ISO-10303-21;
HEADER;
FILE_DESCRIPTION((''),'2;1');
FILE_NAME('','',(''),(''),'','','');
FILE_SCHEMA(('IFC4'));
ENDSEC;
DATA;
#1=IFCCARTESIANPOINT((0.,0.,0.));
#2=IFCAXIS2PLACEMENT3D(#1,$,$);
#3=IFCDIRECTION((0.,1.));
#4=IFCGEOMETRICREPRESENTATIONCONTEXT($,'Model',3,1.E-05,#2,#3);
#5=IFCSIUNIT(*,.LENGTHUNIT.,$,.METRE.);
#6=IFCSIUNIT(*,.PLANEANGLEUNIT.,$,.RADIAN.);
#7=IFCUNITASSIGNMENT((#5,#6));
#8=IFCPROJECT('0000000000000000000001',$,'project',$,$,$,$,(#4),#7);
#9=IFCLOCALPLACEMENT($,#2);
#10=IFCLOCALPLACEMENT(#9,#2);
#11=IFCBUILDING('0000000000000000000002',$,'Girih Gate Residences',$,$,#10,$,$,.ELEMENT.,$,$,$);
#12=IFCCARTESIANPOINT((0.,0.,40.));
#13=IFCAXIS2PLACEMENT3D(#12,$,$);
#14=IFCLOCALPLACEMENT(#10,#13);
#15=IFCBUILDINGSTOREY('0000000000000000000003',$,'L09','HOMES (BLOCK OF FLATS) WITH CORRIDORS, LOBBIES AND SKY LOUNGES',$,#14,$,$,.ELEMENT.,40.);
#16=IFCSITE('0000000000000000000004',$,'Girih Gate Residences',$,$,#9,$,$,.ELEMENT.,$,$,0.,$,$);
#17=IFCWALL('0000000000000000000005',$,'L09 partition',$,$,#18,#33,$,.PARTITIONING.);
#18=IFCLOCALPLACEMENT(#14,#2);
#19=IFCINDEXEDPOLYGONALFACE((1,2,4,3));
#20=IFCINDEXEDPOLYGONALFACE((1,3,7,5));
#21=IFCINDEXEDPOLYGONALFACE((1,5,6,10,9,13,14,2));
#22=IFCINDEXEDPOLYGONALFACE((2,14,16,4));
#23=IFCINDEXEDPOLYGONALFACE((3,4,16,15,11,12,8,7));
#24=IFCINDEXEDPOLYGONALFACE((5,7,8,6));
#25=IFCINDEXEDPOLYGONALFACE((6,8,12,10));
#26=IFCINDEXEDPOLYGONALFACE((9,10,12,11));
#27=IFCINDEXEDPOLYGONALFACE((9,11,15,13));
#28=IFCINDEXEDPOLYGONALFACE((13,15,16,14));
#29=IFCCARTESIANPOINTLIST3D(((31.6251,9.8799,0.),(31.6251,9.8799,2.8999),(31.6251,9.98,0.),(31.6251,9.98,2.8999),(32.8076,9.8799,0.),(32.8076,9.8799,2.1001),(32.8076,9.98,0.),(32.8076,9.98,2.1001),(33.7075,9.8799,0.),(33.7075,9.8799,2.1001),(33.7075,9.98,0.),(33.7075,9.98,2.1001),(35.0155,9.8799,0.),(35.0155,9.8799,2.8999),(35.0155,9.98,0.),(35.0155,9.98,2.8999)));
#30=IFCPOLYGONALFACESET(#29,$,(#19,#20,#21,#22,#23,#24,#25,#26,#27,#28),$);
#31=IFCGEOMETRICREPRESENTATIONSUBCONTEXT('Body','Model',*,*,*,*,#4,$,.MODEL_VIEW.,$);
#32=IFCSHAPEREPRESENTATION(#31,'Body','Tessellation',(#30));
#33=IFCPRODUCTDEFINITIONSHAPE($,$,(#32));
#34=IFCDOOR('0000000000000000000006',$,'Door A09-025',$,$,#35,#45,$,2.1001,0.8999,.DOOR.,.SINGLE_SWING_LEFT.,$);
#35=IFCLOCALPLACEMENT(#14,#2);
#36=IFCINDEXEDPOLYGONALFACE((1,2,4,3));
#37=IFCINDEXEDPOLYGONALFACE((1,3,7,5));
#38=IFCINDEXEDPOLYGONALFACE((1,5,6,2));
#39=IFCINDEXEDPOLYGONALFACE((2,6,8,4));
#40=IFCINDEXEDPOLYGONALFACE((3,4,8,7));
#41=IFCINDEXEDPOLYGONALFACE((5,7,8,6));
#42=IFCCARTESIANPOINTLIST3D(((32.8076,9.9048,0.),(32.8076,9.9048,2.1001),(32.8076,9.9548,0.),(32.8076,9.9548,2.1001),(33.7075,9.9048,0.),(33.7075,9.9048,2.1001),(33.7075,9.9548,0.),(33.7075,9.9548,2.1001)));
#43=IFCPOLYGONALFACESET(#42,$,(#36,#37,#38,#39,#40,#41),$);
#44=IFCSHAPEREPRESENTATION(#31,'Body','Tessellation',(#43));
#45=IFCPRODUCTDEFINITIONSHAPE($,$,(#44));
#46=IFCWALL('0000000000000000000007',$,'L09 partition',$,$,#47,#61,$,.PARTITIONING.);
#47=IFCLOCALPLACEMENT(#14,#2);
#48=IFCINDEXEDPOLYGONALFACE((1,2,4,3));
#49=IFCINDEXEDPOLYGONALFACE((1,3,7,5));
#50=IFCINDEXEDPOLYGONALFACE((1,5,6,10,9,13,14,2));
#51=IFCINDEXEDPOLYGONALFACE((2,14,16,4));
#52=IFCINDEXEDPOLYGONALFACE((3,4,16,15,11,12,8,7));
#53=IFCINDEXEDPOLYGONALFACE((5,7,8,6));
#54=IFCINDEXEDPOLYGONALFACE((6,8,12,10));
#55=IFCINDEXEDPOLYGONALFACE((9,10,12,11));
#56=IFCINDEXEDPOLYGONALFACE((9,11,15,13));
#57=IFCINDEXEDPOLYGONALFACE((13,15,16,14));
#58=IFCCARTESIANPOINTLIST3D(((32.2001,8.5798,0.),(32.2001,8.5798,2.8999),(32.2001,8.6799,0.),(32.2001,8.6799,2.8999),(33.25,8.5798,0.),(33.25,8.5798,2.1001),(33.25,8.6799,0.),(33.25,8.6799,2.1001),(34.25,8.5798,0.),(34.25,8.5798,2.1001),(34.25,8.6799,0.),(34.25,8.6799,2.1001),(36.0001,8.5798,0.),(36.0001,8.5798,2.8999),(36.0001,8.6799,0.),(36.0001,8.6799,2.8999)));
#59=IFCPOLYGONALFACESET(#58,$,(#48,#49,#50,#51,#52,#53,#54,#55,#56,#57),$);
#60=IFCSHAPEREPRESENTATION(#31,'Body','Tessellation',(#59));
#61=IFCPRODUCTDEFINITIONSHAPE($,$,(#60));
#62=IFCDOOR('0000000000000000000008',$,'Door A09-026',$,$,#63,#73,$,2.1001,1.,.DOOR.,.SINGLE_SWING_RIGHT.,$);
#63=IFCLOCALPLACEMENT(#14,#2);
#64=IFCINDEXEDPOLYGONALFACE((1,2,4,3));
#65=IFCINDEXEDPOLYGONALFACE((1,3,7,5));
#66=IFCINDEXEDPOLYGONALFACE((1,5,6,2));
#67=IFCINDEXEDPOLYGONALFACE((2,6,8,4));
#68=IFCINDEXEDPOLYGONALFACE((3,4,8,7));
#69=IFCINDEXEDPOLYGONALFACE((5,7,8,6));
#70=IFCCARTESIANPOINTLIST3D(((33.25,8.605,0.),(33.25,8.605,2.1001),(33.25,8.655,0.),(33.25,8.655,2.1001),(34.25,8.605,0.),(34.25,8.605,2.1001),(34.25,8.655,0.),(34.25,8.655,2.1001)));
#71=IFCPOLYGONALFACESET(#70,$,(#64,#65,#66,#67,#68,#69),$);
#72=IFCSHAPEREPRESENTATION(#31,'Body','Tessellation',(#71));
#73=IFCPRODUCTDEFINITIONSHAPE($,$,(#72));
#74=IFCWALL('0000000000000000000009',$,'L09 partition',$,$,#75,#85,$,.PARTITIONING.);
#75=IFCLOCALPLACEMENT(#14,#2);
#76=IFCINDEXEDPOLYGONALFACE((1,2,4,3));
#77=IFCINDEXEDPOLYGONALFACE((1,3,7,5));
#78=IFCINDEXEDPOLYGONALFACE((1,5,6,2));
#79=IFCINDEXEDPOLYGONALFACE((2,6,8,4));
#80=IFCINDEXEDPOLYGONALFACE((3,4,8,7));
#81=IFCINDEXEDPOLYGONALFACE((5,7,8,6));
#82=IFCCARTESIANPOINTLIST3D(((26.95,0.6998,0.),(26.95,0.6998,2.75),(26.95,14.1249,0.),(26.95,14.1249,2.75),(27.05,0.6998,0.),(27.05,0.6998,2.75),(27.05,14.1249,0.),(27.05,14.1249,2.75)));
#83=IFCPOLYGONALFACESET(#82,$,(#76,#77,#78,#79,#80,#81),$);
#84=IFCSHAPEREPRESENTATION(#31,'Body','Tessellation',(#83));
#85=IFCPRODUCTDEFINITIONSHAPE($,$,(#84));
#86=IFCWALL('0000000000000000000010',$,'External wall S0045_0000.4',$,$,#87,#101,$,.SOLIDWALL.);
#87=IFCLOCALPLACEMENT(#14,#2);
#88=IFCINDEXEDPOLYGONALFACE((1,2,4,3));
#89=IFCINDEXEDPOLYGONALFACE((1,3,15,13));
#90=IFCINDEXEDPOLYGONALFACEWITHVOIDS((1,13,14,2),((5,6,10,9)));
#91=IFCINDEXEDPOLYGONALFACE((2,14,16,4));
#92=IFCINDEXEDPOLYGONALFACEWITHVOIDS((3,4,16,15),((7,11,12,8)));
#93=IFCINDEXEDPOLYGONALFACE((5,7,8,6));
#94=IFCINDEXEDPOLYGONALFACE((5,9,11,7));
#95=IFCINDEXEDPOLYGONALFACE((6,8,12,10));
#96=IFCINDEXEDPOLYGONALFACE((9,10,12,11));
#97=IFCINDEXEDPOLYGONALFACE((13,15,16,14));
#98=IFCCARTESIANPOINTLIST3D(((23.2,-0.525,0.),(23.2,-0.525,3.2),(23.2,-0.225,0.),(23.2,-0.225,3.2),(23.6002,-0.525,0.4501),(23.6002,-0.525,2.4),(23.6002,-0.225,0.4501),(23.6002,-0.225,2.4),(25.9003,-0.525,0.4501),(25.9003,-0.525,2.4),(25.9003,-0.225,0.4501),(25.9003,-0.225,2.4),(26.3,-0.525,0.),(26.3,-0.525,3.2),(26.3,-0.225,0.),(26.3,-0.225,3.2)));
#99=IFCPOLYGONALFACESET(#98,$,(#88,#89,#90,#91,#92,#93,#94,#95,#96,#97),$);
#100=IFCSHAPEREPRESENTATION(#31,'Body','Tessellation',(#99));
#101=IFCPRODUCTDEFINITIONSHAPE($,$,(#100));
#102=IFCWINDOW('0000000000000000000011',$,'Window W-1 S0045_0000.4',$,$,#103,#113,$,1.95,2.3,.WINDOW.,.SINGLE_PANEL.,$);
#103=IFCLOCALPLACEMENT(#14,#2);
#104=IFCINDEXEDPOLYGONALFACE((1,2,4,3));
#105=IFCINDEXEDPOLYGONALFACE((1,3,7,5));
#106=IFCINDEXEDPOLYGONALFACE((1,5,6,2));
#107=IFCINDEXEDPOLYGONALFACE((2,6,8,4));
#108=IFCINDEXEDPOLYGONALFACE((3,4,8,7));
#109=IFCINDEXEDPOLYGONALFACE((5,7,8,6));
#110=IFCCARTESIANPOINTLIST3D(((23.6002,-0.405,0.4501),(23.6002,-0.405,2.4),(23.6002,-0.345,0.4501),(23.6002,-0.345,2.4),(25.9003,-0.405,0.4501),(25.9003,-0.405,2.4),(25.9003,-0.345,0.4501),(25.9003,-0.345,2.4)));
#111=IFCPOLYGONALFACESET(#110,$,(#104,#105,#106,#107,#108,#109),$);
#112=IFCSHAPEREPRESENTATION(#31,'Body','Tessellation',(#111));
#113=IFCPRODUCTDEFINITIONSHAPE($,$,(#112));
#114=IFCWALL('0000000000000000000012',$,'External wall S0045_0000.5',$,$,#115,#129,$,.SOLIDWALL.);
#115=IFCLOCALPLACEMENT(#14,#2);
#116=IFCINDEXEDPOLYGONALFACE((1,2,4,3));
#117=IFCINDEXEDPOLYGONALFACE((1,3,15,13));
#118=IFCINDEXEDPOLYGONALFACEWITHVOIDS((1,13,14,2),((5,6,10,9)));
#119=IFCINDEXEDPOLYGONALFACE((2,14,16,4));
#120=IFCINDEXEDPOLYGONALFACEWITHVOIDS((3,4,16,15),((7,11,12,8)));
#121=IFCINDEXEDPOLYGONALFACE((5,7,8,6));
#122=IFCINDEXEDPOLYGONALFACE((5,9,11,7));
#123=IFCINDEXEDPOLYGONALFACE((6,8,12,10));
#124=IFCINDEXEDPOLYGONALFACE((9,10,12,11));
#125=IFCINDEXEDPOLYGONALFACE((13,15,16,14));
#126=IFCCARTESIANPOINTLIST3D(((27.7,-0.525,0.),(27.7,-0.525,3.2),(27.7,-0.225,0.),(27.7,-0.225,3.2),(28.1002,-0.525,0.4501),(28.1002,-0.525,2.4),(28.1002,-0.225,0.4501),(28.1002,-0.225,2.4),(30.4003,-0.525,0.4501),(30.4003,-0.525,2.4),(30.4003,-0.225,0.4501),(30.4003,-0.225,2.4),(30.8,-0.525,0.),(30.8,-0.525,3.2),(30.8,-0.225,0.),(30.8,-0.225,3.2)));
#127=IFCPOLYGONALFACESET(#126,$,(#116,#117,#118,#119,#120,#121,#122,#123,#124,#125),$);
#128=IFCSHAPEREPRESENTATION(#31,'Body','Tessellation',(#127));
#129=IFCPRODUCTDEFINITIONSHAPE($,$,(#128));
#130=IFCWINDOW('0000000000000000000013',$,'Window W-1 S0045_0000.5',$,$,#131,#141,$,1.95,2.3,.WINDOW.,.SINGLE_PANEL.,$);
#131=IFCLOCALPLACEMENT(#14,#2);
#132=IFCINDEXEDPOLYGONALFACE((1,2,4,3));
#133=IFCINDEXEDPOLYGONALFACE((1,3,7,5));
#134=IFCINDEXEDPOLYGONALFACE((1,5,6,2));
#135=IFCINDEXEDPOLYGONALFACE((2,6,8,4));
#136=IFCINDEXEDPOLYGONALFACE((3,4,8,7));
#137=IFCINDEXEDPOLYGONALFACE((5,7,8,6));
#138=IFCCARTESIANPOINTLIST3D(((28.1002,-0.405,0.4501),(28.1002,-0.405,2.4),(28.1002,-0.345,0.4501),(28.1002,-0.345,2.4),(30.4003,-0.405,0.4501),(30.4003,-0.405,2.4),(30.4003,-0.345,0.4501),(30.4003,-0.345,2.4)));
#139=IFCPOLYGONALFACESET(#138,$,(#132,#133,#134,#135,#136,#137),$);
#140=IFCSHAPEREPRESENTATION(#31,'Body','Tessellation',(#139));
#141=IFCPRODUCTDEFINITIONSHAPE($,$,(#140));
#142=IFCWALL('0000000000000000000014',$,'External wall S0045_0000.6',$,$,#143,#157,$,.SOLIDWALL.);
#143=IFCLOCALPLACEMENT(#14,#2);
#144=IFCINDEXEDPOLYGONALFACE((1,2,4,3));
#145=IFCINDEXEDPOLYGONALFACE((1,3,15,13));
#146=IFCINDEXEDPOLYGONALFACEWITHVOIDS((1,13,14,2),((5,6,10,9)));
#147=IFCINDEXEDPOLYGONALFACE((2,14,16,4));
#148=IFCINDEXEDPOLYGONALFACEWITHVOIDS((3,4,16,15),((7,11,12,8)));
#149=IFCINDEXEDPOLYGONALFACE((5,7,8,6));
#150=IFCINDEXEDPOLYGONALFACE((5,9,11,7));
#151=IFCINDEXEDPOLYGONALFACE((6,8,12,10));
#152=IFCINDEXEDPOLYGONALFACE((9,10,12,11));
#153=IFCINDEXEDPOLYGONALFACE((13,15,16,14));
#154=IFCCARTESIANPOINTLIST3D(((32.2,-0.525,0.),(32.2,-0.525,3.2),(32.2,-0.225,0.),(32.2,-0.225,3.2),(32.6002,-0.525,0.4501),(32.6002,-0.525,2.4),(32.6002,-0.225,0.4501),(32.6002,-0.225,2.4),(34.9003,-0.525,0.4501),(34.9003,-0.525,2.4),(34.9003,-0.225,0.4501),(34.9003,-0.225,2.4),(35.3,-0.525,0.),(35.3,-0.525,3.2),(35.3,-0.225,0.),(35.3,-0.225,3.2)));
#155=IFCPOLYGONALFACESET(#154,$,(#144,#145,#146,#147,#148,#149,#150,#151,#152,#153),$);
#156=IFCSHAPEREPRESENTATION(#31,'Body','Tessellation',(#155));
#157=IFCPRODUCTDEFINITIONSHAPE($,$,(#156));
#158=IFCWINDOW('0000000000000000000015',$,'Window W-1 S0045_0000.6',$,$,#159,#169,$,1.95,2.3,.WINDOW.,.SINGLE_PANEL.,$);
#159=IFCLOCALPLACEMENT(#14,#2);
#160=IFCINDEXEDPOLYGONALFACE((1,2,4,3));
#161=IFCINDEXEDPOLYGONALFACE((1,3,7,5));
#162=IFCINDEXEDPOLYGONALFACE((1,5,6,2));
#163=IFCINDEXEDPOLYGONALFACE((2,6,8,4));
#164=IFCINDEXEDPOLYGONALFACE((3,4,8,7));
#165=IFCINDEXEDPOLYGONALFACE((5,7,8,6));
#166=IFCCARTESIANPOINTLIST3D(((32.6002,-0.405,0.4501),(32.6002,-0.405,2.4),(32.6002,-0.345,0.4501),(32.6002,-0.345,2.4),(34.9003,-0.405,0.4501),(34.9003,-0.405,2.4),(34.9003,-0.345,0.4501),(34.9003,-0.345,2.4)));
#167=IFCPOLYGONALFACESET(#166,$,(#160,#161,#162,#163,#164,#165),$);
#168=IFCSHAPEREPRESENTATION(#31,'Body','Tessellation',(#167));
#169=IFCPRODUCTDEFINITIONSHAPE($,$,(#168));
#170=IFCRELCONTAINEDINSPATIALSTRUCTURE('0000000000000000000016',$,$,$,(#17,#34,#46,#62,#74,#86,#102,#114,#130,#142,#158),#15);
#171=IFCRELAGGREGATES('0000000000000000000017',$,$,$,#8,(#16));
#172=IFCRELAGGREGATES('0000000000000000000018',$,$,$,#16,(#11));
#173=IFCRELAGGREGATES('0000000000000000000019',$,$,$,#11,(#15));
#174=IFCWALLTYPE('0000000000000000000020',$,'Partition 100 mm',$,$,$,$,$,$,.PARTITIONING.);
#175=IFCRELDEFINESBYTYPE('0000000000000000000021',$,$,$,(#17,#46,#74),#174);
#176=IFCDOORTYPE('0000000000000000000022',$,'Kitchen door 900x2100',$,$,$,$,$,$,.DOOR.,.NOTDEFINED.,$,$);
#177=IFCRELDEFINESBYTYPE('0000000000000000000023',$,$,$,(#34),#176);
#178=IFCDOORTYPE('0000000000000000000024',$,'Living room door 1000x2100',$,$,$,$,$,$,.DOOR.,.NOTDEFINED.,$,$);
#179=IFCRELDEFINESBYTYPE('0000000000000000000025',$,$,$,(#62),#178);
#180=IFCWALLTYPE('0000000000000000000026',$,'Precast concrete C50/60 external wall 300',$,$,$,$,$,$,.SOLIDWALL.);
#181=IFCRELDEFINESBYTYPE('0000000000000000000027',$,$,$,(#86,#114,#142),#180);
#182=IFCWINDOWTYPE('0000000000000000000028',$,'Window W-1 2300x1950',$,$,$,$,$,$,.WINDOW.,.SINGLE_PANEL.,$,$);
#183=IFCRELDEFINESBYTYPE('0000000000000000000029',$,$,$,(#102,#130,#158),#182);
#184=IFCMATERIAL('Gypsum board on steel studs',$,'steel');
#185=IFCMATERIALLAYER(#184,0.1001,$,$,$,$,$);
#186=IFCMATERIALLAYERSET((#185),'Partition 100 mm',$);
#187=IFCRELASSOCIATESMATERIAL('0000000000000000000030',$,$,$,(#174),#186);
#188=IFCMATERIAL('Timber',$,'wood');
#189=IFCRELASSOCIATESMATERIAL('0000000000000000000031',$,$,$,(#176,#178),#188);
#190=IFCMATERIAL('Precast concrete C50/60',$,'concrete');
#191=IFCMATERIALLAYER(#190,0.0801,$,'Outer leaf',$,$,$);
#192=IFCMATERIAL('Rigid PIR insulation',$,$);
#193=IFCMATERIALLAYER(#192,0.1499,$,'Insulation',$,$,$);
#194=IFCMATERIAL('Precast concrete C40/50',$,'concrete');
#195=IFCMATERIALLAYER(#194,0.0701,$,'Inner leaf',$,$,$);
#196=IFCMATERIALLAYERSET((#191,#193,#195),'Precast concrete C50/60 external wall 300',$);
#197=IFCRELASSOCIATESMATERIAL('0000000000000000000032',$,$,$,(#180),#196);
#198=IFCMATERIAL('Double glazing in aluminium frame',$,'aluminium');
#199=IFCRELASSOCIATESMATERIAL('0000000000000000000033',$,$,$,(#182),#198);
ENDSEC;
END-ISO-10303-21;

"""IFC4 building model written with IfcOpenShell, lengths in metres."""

from ifc_helpers import new_model, si_unit, direction, frame, frame_2d, origin, place, context, subcontext, project, spatial, rectangle, extrude, material, layer, layer_set, type_object, element, fill, save


model = new_model("IFC4")

# Units and contexts
model_context = context("Model", 3, precision=1e-05, world=origin(), true_north=direction((0.0, 1.0)))
body_context = subcontext(model_context, "Body", "Model", "MODEL_VIEW")
ifc_project = project(units=[si_unit("LENGTHUNIT", "METRE"), si_unit("PLANEANGLEUNIT", "RADIAN")], contexts=[model_context])

# Site, building, storey
site_placement = place(None, origin())
site = spatial("IfcSite", under=ifc_project, at=site_placement, Name="Girih Gate Residences", CompositionType="ELEMENT", RefElevation=0.0)
building_placement = place(site_placement, origin())
building = spatial("IfcBuilding", under=site, at=building_placement, Name="Girih Gate Residences", CompositionType="ELEMENT")
storey_placement = place(building_placement, frame((0.0, 0.0, 40.0)))
storey = spatial("IfcBuildingStorey", under=building, at=storey_placement, Name="L09", Description="HOMES (BLOCK OF FLATS) WITH CORRIDORS, LOBBIES AND SKY LOUNGES", CompositionType="ELEMENT", Elevation=40.0)

# Shared definitions
ifc_material_1 = material(Name="Gypsum board on steel studs", Category="steel")
ifc_layer_1 = layer(ifc_material_1, 0.1001)
ifc_layer_set_1 = layer_set([ifc_layer_1], Name="Partition 100 mm")
wall_type_1 = type_object("IfcWallType", Name="Partition 100 mm", PredefinedType="PARTITIONING", material=ifc_layer_set_1)

# Walls, openings, doors
wall_1_placement = place(storey_placement, frame((31.625, 9.9299, 0.0), z_axis=(0.0, 0.0, 1.0), x_axis=(1.0, 0.0, 0.0)))
wall_1 = element("IfcWall", 1, at=wall_1_placement, inside=storey, type_object=wall_type_1, Name="L09 partition", PredefinedType="PARTITIONING", context=body_context, shape_type="SweptSolid", body=[
    extrude(rectangle(XDim=3.3904, YDim=0.1001, at=frame_2d((1.6953, 0.0))), origin(), (0.0, 0.0, 1.0), 2.8999),
])
opening_1_placement = place(wall_1_placement, frame((1.1826, 0.0, 0.0)))
opening_1 = element("IfcOpeningElement", 2, at=opening_1_placement, cuts=wall_1, PredefinedType="OPENING", context=body_context, shape_type="SweptSolid", body=[
    extrude(rectangle(XDim=0.8999, YDim=2.1001, at=frame_2d((0.45, 1.05))), frame((0.0, 0.0601, 0.0), z_axis=(0.0, -1.0, 0.0), x_axis=(1.0, 0.0, 0.0)), (0.0, 0.0, 1.0), 0.1201),
])
ifc_material_2 = material(Name="Timber", Category="wood")
door_type_1 = type_object("IfcDoorType", Name="Kitchen door 900x2100", OperationType="NOTDEFINED", PredefinedType="DOOR", material=ifc_material_2)
door_1_placement = place(opening_1_placement, origin())
door_1 = element("IfcDoor", 3, at=door_1_placement, inside=storey, type_object=door_type_1, Name="Door A09-025", OperationType="SINGLE_SWING_LEFT", OverallHeight=2.1001, OverallWidth=0.8999, PredefinedType="DOOR", context=body_context, shape_type="SweptSolid", body=[
    extrude(rectangle(XDim=0.8999, YDim=2.1001, at=frame_2d((0.45, 1.05))), frame((0.0, 0.0249, 0.0), z_axis=(0.0, -1.0, 0.0), x_axis=(1.0, 0.0, 0.0)), (0.0, 0.0, 1.0), 0.05),
])
fill(opening_1, door_1)
wall_2_placement = place(storey_placement, frame((36.0, 8.6299, 0.0), z_axis=(0.0, 0.0, 1.0), x_axis=(-1.0, 0.0, 0.0)))
wall_2 = element("IfcWall", 4, at=wall_2_placement, inside=storey, type_object=wall_type_1, Name="L09 partition", PredefinedType="PARTITIONING", context=body_context, shape_type="SweptSolid", body=[
    extrude(rectangle(XDim=3.8, YDim=0.1001, at=frame_2d((1.8999, 0.0))), origin(), (0.0, 0.0, 1.0), 2.8999),
])
opening_2_placement = place(wall_2_placement, frame((1.75, 0.0, 0.0)))
opening_2 = element("IfcOpeningElement", 5, at=opening_2_placement, cuts=wall_2, PredefinedType="OPENING", context=body_context, shape_type="SweptSolid", body=[
    extrude(rectangle(XDim=1.0, YDim=2.1001, at=frame_2d((0.5, 1.05))), frame((0.0, 0.0601, 0.0), z_axis=(0.0, -1.0, 0.0), x_axis=(1.0, 0.0, 0.0)), (0.0, 0.0, 1.0), 0.1201),
])
door_type_2 = type_object("IfcDoorType", Name="Living room door 1000x2100", OperationType="NOTDEFINED", PredefinedType="DOOR", material=ifc_material_2)
door_2_placement = place(opening_2_placement, origin())
door_2 = element("IfcDoor", 6, at=door_2_placement, inside=storey, type_object=door_type_2, Name="Door A09-026", OperationType="SINGLE_SWING_RIGHT", OverallHeight=2.1001, OverallWidth=1.0, PredefinedType="DOOR", context=body_context, shape_type="SweptSolid", body=[
    extrude(rectangle(XDim=1.0, YDim=2.1001, at=frame_2d((0.5, 1.05))), frame((0.0, 0.0249, 0.0), z_axis=(0.0, -1.0, 0.0), x_axis=(1.0, 0.0, 0.0)), (0.0, 0.0, 1.0), 0.05),
])
fill(opening_2, door_2)

# Wall
wall_3_placement = place(storey_placement, frame((27.0, 0.7, 0.0), z_axis=(0.0, 0.0, 1.0), x_axis=(0.0, 1.0, 0.0)))
element("IfcWall", 7, at=wall_3_placement, inside=storey, type_object=wall_type_1, Name="L09 partition", PredefinedType="PARTITIONING", context=body_context, shape_type="SweptSolid", body=[
    extrude(rectangle(XDim=13.425, YDim=0.1001, at=frame_2d((6.7124, 0.0))), origin(), (0.0, 0.0, 1.0), 2.75),
])

# Walls, openings, windows
ifc_material_3 = material(Name="Precast concrete C50/60", Category="concrete")
ifc_layer_2 = layer(ifc_material_3, 0.0801, Name="Outer leaf")
ifc_material_4 = material(Name="Rigid PIR insulation")
ifc_layer_3 = layer(ifc_material_4, 0.1499, Name="Insulation")
ifc_material_5 = material(Name="Precast concrete C40/50", Category="concrete")
ifc_layer_4 = layer(ifc_material_5, 0.0701, Name="Inner leaf")
ifc_layer_set_2 = layer_set([ifc_layer_2, ifc_layer_3, ifc_layer_4], Name="Precast concrete C50/60 external wall 300")
wall_type_2 = type_object("IfcWallType", Name="Precast concrete C50/60 external wall 300", PredefinedType="SOLIDWALL", material=ifc_layer_set_2)
wall_4_placement = place(storey_placement, frame((26.3, -0.375, 0.0), z_axis=(0.0, 0.0, 1.0), x_axis=(-1.0, 0.0, 0.0)))
wall_4 = element("IfcWall", 8, at=wall_4_placement, inside=storey, type_object=wall_type_2, Name="External wall S0045_0000.4", PredefinedType="SOLIDWALL", context=body_context, shape_type="SweptSolid", body=[
    extrude(rectangle(XDim=3.1001, YDim=0.3, at=frame_2d((1.55, 0.0))), origin(), (0.0, 0.0, 1.0), 3.2),
])
opening_3_placement = place(wall_4_placement, frame((0.3999, 0.0, 0.45)))
opening_3 = element("IfcOpeningElement", 9, at=opening_3_placement, cuts=wall_4, PredefinedType="OPENING", context=body_context, shape_type="SweptSolid", body=[
    extrude(rectangle(XDim=2.3, YDim=1.95, at=frame_2d((1.1499, 0.9751))), frame((0.0, 0.1599, 0.0), z_axis=(0.0, -1.0, 0.0), x_axis=(1.0, 0.0, 0.0)), (0.0, 0.0, 1.0), 0.3201),
])
ifc_material_6 = material(Name="Double glazing in aluminium frame", Category="aluminium")
window_type = type_object("IfcWindowType", Name="Window W-1 2300x1950", PartitioningType="SINGLE_PANEL", PredefinedType="WINDOW", material=ifc_material_6)
window_1_placement = place(opening_3_placement, origin())
window_1 = element("IfcWindow", 10, at=window_1_placement, inside=storey, type_object=window_type, Name="Window W-1 S0045_0000.4", OverallHeight=1.95, OverallWidth=2.3, PartitioningType="SINGLE_PANEL", PredefinedType="WINDOW", context=body_context, shape_type="SweptSolid", body=[
    extrude(rectangle(XDim=2.3, YDim=1.95, at=frame_2d((1.1499, 0.9751))), frame((0.0, 0.03, 0.0), z_axis=(0.0, -1.0, 0.0), x_axis=(1.0, 0.0, 0.0)), (0.0, 0.0, 1.0), 0.0601),
])
fill(opening_3, window_1)
wall_5_placement = place(storey_placement, frame((30.8, -0.375, 0.0), z_axis=(0.0, 0.0, 1.0), x_axis=(-1.0, 0.0, 0.0)))
wall_5 = element("IfcWall", 11, at=wall_5_placement, inside=storey, type_object=wall_type_2, Name="External wall S0045_0000.5", PredefinedType="SOLIDWALL", context=body_context, shape_type="SweptSolid", body=[
    extrude(rectangle(XDim=3.1001, YDim=0.3, at=frame_2d((1.55, 0.0))), origin(), (0.0, 0.0, 1.0), 3.2),
])
opening_4_placement = place(wall_5_placement, frame((0.3999, 0.0, 0.45)))
opening_4 = element("IfcOpeningElement", 12, at=opening_4_placement, cuts=wall_5, PredefinedType="OPENING", context=body_context, shape_type="SweptSolid", body=[
    extrude(rectangle(XDim=2.3, YDim=1.95, at=frame_2d((1.1499, 0.9751))), frame((0.0, 0.1599, 0.0), z_axis=(0.0, -1.0, 0.0), x_axis=(1.0, 0.0, 0.0)), (0.0, 0.0, 1.0), 0.3201),
])
window_2_placement = place(opening_4_placement, origin())
window_2 = element("IfcWindow", 13, at=window_2_placement, inside=storey, type_object=window_type, Name="Window W-1 S0045_0000.5", OverallHeight=1.95, OverallWidth=2.3, PartitioningType="SINGLE_PANEL", PredefinedType="WINDOW", context=body_context, shape_type="SweptSolid", body=[
    extrude(rectangle(XDim=2.3, YDim=1.95, at=frame_2d((1.1499, 0.9751))), frame((0.0, 0.03, 0.0), z_axis=(0.0, -1.0, 0.0), x_axis=(1.0, 0.0, 0.0)), (0.0, 0.0, 1.0), 0.0601),
])
fill(opening_4, window_2)
wall_6_placement = place(storey_placement, frame((35.3, -0.375, 0.0), z_axis=(0.0, 0.0, 1.0), x_axis=(-1.0, 0.0, 0.0)))
wall_6 = element("IfcWall", 14, at=wall_6_placement, inside=storey, type_object=wall_type_2, Name="External wall S0045_0000.6", PredefinedType="SOLIDWALL", context=body_context, shape_type="SweptSolid", body=[
    extrude(rectangle(XDim=3.1001, YDim=0.3, at=frame_2d((1.55, 0.0))), origin(), (0.0, 0.0, 1.0), 3.2),
])
opening_5_placement = place(wall_6_placement, frame((0.3999, 0.0, 0.45)))
opening_5 = element("IfcOpeningElement", 15, at=opening_5_placement, cuts=wall_6, PredefinedType="OPENING", context=body_context, shape_type="SweptSolid", body=[
    extrude(rectangle(XDim=2.3, YDim=1.95, at=frame_2d((1.1499, 0.9751))), frame((0.0, 0.1599, 0.0), z_axis=(0.0, -1.0, 0.0), x_axis=(1.0, 0.0, 0.0)), (0.0, 0.0, 1.0), 0.3201),
])
window_3_placement = place(opening_5_placement, origin())
window_3 = element("IfcWindow", 16, at=window_3_placement, inside=storey, type_object=window_type, Name="Window W-1 S0045_0000.6", OverallHeight=1.95, OverallWidth=2.3, PartitioningType="SINGLE_PANEL", PredefinedType="WINDOW", context=body_context, shape_type="SweptSolid", body=[
    extrude(rectangle(XDim=2.3, YDim=1.95, at=frame_2d((1.1499, 0.9751))), frame((0.0, 0.03, 0.0), z_axis=(0.0, -1.0, 0.0), x_axis=(1.0, 0.0, 0.0)), (0.0, 0.0, 1.0), 0.0601),
])
fill(opening_5, window_3)

save(model, "model.ifc")
